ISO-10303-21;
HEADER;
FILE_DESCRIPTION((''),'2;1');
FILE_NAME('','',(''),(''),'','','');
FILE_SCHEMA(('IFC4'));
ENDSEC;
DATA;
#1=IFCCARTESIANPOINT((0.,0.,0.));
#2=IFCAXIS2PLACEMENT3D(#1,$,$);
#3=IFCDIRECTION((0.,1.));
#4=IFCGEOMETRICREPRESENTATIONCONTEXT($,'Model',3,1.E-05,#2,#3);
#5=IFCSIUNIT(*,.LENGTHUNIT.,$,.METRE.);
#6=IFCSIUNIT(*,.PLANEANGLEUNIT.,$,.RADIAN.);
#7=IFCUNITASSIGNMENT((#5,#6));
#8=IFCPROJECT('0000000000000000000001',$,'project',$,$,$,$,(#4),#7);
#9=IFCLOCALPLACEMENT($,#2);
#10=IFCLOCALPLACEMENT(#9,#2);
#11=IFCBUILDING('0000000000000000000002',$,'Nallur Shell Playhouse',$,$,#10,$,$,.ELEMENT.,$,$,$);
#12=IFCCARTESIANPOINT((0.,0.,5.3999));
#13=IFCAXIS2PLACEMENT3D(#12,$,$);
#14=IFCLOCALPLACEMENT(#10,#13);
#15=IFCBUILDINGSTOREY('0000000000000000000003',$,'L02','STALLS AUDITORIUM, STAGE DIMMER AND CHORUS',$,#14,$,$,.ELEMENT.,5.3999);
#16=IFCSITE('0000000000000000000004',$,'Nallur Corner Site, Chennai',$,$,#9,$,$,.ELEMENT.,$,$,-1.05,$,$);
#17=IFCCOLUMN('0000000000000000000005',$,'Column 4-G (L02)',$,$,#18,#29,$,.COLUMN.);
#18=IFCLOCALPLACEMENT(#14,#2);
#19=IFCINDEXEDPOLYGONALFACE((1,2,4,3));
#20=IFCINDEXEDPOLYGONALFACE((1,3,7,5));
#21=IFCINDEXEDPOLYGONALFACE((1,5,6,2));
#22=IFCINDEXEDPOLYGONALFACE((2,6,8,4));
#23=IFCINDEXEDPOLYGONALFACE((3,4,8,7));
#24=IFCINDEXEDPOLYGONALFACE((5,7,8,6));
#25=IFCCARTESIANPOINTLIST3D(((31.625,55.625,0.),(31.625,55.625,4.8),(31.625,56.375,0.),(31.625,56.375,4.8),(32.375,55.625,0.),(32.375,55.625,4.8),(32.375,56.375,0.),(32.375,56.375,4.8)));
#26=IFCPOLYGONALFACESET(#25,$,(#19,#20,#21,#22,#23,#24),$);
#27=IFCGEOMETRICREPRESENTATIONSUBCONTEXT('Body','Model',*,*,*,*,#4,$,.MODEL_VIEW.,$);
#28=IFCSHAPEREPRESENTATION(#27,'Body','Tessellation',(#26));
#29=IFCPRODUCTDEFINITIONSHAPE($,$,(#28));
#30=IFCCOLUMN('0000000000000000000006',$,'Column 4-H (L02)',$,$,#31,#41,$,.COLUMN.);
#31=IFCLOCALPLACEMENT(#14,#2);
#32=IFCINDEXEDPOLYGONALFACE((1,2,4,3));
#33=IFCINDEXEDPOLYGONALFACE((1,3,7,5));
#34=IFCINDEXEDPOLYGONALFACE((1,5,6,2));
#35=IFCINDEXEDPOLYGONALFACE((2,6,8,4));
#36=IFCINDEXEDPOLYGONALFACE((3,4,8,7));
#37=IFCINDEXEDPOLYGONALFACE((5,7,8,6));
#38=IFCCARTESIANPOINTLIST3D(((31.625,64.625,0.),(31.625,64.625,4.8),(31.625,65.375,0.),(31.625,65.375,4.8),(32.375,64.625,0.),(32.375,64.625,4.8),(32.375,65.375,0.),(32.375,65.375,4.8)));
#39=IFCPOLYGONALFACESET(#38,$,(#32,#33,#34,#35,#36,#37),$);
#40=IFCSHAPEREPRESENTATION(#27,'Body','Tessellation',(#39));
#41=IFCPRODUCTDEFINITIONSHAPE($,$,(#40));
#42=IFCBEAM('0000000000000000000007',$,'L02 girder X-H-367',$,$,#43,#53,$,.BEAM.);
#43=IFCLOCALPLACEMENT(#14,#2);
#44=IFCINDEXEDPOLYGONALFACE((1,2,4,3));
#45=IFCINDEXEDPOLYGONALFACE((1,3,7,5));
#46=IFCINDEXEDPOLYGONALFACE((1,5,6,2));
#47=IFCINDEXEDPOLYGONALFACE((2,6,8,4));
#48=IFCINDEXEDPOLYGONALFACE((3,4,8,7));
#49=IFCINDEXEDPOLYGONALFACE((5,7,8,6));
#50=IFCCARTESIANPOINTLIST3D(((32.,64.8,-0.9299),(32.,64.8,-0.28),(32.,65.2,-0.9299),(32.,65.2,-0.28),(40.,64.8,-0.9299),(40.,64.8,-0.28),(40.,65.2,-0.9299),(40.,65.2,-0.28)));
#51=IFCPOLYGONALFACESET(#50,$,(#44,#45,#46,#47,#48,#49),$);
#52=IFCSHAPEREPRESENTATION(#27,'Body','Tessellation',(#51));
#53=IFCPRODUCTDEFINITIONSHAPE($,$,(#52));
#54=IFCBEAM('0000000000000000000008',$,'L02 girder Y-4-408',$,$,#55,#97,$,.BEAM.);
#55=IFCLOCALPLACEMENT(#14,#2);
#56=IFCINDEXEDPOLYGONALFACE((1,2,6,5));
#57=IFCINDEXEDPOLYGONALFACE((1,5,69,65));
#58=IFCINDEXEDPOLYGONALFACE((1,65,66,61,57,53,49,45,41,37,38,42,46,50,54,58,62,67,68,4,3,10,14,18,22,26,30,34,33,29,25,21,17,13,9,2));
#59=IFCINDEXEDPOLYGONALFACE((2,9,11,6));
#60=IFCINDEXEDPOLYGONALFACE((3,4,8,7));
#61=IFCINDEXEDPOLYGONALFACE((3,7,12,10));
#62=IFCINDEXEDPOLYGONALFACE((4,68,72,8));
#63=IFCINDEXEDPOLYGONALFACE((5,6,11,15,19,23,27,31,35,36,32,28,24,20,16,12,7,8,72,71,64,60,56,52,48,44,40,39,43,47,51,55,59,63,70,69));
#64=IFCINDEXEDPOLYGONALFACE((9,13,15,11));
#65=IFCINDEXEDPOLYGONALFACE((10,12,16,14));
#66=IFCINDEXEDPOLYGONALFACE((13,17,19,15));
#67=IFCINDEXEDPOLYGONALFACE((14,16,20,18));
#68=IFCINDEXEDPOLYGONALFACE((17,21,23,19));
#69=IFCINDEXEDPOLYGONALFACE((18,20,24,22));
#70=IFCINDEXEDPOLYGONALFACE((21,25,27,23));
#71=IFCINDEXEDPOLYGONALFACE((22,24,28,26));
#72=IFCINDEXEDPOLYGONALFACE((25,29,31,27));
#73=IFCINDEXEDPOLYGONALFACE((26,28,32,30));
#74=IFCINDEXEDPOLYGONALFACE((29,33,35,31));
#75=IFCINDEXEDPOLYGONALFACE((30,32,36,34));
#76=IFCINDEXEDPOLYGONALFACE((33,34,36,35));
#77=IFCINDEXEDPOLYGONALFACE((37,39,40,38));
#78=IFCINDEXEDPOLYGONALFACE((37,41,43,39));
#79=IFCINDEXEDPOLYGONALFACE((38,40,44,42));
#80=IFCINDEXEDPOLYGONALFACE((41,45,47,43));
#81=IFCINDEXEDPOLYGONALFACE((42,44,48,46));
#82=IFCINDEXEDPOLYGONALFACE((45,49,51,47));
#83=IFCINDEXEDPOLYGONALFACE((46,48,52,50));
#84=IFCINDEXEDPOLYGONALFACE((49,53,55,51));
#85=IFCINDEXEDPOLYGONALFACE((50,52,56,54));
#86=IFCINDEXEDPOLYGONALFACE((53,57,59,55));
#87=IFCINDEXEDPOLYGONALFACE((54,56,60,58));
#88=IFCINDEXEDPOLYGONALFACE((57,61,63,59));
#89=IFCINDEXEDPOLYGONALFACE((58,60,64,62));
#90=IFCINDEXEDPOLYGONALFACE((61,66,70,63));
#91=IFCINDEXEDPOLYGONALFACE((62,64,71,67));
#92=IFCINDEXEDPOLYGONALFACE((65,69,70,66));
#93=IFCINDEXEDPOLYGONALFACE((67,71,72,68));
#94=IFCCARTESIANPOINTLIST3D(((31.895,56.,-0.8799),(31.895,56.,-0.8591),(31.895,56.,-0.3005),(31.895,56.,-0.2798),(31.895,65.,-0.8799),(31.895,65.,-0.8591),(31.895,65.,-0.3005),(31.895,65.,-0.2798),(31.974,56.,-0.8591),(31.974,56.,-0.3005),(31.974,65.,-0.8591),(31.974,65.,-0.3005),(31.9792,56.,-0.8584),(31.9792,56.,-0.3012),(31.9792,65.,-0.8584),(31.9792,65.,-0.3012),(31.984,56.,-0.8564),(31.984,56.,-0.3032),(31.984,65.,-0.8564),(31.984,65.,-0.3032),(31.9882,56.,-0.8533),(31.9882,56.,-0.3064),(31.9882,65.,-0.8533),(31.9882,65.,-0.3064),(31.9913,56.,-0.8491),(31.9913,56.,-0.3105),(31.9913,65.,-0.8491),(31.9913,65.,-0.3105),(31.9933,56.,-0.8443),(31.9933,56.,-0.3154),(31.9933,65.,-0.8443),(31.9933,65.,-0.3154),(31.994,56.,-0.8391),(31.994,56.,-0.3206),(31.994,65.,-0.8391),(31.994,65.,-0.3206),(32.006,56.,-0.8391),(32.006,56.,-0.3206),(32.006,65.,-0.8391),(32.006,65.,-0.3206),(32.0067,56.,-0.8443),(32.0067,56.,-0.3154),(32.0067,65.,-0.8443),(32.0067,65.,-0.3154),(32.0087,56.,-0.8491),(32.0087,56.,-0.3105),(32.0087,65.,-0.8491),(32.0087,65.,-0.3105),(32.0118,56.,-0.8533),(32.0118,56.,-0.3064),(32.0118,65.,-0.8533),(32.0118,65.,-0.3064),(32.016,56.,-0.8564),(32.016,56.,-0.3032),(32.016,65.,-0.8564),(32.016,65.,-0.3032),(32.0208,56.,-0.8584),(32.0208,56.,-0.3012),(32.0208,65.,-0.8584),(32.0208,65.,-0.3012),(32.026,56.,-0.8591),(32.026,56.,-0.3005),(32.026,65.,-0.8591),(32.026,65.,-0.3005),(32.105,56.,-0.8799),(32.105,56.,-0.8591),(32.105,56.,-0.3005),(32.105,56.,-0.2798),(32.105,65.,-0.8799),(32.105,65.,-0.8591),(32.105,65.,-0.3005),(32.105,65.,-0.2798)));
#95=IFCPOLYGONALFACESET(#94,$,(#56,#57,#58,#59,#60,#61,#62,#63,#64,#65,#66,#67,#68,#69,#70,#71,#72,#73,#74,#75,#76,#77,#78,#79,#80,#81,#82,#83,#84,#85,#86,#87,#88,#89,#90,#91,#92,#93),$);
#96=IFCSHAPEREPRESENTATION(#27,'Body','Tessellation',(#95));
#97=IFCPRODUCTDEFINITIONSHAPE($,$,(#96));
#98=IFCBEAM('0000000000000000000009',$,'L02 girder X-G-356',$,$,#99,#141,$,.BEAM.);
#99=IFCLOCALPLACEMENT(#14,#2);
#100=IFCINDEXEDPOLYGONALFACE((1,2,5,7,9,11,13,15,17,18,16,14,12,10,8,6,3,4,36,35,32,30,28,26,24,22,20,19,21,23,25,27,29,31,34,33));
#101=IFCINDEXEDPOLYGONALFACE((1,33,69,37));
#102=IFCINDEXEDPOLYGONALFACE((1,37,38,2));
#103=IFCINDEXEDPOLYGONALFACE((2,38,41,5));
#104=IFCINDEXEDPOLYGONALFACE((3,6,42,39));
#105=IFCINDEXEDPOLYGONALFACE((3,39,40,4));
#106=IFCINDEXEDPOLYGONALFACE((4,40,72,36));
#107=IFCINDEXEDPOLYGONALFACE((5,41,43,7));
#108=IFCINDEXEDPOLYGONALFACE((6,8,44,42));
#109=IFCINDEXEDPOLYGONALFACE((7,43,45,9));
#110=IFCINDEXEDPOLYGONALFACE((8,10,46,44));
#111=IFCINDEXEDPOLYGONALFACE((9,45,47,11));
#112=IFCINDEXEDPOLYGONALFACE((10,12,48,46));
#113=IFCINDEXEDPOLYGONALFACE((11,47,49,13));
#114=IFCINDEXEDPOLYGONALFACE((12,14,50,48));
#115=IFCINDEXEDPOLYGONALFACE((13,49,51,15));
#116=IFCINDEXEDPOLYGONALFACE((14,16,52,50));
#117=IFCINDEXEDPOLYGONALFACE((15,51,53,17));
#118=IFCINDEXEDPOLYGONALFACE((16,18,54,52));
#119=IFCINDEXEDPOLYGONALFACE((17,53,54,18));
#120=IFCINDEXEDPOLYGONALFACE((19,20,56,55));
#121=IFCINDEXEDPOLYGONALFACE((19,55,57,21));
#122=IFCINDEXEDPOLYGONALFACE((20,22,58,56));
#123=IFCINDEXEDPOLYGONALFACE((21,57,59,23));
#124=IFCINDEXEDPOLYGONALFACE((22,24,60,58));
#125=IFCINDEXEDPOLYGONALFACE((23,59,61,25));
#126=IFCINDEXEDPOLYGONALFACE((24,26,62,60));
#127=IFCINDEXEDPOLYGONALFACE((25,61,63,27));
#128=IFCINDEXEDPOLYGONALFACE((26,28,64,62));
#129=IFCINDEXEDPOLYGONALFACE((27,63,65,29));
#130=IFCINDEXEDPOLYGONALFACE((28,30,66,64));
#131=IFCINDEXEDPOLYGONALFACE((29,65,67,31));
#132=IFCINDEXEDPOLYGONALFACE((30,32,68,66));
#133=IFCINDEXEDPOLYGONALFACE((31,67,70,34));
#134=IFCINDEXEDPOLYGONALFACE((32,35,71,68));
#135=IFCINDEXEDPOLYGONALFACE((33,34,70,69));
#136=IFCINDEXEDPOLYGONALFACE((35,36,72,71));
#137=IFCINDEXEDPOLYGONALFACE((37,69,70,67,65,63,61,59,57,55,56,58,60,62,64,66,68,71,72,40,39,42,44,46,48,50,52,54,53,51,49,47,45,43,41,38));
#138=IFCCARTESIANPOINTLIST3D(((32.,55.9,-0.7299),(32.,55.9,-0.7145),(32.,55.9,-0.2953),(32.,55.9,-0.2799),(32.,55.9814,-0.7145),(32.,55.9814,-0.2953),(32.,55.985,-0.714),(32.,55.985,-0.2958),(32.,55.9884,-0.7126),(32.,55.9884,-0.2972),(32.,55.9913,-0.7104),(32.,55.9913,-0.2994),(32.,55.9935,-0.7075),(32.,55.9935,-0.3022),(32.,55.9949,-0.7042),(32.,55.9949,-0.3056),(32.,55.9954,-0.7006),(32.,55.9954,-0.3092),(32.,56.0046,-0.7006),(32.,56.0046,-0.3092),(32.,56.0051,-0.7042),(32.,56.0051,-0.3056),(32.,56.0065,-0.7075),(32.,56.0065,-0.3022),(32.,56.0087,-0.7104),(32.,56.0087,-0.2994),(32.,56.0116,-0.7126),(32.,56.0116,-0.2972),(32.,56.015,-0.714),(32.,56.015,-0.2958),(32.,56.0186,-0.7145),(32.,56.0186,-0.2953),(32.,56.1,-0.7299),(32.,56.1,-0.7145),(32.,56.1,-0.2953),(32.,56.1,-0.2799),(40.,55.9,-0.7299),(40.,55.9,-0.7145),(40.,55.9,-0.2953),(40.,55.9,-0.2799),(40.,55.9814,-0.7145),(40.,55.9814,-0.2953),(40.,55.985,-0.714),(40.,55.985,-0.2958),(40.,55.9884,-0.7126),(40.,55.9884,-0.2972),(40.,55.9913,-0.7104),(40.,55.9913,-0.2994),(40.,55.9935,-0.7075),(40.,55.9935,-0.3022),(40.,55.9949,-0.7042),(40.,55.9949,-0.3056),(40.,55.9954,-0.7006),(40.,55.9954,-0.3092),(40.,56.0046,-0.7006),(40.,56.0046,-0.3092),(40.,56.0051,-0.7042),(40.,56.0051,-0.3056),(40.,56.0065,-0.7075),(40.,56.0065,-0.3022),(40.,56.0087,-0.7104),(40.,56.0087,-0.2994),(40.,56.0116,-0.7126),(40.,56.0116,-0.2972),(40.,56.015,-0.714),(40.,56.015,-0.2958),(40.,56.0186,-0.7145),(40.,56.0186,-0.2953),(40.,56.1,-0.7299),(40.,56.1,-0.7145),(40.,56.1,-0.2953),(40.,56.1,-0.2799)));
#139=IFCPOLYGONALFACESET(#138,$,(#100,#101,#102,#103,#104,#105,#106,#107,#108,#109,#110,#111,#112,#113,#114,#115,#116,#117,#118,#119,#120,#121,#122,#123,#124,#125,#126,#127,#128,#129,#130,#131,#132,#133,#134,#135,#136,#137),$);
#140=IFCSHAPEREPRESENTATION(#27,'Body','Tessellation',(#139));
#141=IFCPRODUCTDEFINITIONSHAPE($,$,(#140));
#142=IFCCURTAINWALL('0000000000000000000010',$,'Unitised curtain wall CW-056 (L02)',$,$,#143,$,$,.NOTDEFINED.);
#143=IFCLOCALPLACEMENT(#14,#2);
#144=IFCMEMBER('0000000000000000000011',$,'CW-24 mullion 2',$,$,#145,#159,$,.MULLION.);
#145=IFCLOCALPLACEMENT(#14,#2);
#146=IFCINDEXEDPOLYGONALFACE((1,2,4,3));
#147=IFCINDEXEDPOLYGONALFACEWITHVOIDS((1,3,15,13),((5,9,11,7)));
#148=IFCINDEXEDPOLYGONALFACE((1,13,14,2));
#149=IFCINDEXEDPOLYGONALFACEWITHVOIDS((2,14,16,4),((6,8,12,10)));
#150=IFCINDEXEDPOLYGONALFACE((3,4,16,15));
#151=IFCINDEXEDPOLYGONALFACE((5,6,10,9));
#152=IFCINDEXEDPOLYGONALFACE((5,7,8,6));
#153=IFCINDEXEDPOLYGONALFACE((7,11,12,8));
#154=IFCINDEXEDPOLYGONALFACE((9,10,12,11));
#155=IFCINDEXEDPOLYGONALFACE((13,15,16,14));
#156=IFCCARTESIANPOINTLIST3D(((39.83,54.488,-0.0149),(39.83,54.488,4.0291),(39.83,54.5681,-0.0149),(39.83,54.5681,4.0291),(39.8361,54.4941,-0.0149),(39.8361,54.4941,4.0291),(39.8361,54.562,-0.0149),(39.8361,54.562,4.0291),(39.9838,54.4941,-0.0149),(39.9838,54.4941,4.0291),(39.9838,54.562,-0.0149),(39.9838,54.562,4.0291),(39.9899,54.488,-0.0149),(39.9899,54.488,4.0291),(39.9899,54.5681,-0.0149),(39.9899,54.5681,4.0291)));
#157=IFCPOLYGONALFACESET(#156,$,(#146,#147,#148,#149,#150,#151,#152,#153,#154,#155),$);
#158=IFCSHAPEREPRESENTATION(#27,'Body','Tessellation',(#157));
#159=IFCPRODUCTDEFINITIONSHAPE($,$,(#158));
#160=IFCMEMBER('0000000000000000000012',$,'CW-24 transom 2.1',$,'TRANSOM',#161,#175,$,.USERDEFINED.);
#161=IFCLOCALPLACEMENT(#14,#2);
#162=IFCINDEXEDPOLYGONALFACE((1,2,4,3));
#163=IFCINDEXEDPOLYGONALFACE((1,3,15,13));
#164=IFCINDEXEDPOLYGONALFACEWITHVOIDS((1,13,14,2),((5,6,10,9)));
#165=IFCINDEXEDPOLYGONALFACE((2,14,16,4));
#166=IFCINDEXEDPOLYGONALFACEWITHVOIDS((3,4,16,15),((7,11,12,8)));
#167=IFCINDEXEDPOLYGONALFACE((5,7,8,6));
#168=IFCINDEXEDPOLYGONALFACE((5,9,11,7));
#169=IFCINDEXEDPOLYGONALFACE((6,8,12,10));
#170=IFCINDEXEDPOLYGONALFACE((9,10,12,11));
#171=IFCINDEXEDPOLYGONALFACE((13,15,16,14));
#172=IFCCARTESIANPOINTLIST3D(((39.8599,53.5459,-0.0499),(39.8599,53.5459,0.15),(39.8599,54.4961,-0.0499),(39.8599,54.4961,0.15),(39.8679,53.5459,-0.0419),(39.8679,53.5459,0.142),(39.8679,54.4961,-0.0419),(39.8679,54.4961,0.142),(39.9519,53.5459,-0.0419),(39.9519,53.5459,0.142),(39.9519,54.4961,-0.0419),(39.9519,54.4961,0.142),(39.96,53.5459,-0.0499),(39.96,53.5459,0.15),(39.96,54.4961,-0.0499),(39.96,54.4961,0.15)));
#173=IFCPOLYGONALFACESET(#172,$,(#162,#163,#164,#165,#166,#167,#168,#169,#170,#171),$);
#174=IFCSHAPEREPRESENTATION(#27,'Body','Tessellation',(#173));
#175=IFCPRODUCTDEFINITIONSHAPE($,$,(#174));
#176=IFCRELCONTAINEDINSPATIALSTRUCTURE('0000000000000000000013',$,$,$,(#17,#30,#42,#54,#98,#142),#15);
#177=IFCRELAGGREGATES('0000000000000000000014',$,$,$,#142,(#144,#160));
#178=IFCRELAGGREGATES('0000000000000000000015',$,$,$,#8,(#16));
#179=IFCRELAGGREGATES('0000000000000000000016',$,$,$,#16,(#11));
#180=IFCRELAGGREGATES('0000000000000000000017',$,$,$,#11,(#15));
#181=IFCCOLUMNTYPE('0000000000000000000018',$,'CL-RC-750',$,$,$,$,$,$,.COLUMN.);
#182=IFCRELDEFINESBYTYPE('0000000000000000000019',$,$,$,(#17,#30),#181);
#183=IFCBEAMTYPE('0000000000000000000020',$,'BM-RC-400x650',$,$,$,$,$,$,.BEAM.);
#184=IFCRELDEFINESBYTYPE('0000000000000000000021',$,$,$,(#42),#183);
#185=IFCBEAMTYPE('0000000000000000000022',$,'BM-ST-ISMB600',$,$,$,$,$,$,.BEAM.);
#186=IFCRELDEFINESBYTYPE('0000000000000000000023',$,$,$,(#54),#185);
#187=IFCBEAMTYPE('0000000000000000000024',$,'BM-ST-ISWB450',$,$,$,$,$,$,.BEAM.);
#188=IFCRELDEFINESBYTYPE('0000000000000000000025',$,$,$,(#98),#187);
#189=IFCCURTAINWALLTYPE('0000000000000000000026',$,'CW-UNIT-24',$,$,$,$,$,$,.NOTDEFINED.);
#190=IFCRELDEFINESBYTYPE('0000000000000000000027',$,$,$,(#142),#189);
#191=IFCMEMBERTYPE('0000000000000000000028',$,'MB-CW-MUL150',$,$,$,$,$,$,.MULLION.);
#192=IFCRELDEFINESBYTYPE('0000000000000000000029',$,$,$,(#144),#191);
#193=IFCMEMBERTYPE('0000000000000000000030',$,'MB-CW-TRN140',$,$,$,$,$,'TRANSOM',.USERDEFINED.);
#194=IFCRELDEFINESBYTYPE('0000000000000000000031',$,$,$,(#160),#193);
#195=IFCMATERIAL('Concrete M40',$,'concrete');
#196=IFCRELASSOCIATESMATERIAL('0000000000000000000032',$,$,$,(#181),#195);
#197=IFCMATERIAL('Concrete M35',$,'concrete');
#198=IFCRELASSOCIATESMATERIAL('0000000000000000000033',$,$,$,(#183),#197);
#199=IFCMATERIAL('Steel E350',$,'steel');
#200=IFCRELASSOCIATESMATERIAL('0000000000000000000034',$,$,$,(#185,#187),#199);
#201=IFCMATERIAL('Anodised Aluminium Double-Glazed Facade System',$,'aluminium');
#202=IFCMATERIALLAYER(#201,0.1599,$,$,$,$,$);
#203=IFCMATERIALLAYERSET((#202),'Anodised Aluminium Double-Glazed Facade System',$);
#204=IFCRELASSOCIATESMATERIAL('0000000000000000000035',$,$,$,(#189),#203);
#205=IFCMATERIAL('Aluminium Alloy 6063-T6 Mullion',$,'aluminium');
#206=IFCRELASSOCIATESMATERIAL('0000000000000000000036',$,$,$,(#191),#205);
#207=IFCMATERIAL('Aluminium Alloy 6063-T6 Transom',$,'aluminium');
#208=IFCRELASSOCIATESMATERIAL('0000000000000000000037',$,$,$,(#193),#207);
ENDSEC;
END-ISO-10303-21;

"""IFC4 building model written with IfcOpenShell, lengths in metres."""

from ifc_helpers import new_model, si_unit, direction, frame, origin, origin_2d, place, context, subcontext, project, spatial, rectangle, hollow_rectangle, i_section, extrude, material, layer, layer_set, material_profile, profile_set, type_object, element, aggregate, save


model = new_model("IFC4")

# Units and contexts
model_context = context("Model", 3, precision=1e-05, world=origin(), true_north=direction((0.0, 1.0)))
body_context = subcontext(model_context, "Body", "Model", "MODEL_VIEW")
ifc_project = project(units=[si_unit("LENGTHUNIT", "METRE"), si_unit("PLANEANGLEUNIT", "RADIAN")], contexts=[model_context])

# Site, building, storey
site_placement = place(None, origin())
site = spatial("IfcSite", under=ifc_project, at=site_placement, Name="Nallur Corner Site, Chennai", CompositionType="ELEMENT", RefElevation=-1.05)
building_placement = place(site_placement, origin())
building = spatial("IfcBuilding", under=site, at=building_placement, Name="Nallur Shell Playhouse", CompositionType="ELEMENT")
storey_placement = place(building_placement, frame((0.0, 0.0, 5.3999)))
storey = spatial("IfcBuildingStorey", under=building, at=storey_placement, Name="L02", Description="STALLS AUDITORIUM, STAGE DIMMER AND CHORUS", CompositionType="ELEMENT", Elevation=5.3999)

# Columns
ifc_material_1 = material(Name="Concrete M40", Category="concrete")
ifc_material_profile_1 = material_profile(ifc_material_1, rectangle(XDim=0.75, YDim=0.75, at=origin_2d()), Name="RC 750x750")
ifc_profile_set_1 = profile_set([ifc_material_profile_1], Name="Concrete M40")
column_type = type_object("IfcColumnType", Name="CL-RC-750", PredefinedType="COLUMN", material=ifc_profile_set_1)
for number, where, z_axis, x_axis, name in (
    (1, (32.0, 56.0, 0.0), (0.0, 0.0, 1.0), (1.0, 0.0, 0.0), "Column 4-G (L02)"),
    (2, (32.0, 65.0, 0.0), (0.0, 0.0, 1.0), (1.0, 0.0, 0.0), "Column 4-H (L02)"),
):
    element("IfcColumn", number, at=place(storey_placement, frame(where, z_axis=z_axis, x_axis=x_axis)), inside=storey, type_object=column_type, Name=name, PredefinedType="COLUMN", context=body_context, shape_type="SweptSolid", body=[
        extrude(rectangle(XDim=0.75, YDim=0.75, at=origin_2d()), origin(), (0.0, 0.0, 1.0), 4.8),
    ])

# Beams
ifc_material_2 = material(Name="Concrete M35", Category="concrete")
ifc_material_profile_2 = material_profile(ifc_material_2, rectangle(XDim=0.3999, YDim=0.6499, at=origin_2d()), Name="RC 400x650")
ifc_profile_set_2 = profile_set([ifc_material_profile_2], Name="Concrete M35")
beam_type_1 = type_object("IfcBeamType", Name="BM-RC-400x650", PredefinedType="BEAM", material=ifc_profile_set_2)
beam_1_placement = place(storey_placement, frame((32.0, 65.0, -0.605), z_axis=(1.0, 0.0, 0.0), x_axis=(0.0, 1.0, 0.0)))
element("IfcBeam", 3, at=beam_1_placement, inside=storey, type_object=beam_type_1, Name="L02 girder X-H-367", PredefinedType="BEAM", context=body_context, shape_type="SweptSolid", body=[
    extrude(rectangle(XDim=0.3999, YDim=0.6499, at=origin_2d()), origin(), (0.0, 0.0, 1.0), 8.0),
])
ifc_material_3 = material(Name="Steel E350", Category="steel")
ifc_material_profile_3 = material_profile(ifc_material_3, i_section(OverallWidth=0.21, OverallDepth=0.6001, WebThickness=0.012, FlangeThickness=0.0208, FilletRadius=0.02, at=origin_2d()), Name="ISMB 600")
ifc_profile_set_3 = profile_set([ifc_material_profile_3], Name="Steel E350")
beam_type_2 = type_object("IfcBeamType", Name="BM-ST-ISMB600", PredefinedType="BEAM", material=ifc_profile_set_3)
beam_2_placement = place(storey_placement, frame((32.0, 56.0, -0.5798), z_axis=(0.0, 1.0, 0.0), x_axis=(-1.0, 0.0, 0.0)))
element("IfcBeam", 4, at=beam_2_placement, inside=storey, type_object=beam_type_2, Name="L02 girder Y-4-408", PredefinedType="BEAM", context=body_context, shape_type="SweptSolid", body=[
    extrude(i_section(OverallWidth=0.21, OverallDepth=0.6001, WebThickness=0.012, FlangeThickness=0.0208, FilletRadius=0.02, at=origin_2d()), origin(), (0.0, 0.0, 1.0), 9.0),
])
ifc_material_profile_4 = material_profile(ifc_material_3, i_section(OverallWidth=0.2, OverallDepth=0.45, WebThickness=0.0093, FlangeThickness=0.0154, FilletRadius=0.0139, at=origin_2d()), Name="ISWB 450")
ifc_profile_set_4 = profile_set([ifc_material_profile_4], Name="Steel E350")
beam_type_3 = type_object("IfcBeamType", Name="BM-ST-ISWB450", PredefinedType="BEAM", material=ifc_profile_set_4)
beam_3_placement = place(storey_placement, frame((32.0, 56.0, -0.5049), z_axis=(1.0, 0.0, 0.0), x_axis=(0.0, 1.0, 0.0)))
element("IfcBeam", 5, at=beam_3_placement, inside=storey, type_object=beam_type_3, Name="L02 girder X-G-356", PredefinedType="BEAM", context=body_context, shape_type="SweptSolid", body=[
    extrude(i_section(OverallWidth=0.2, OverallDepth=0.45, WebThickness=0.0093, FlangeThickness=0.0154, FilletRadius=0.0139, at=origin_2d()), origin(), (0.0, 0.0, 1.0), 8.0),
])

# Curtain wall, members
ifc_material_4 = material(Name="Anodised Aluminium Double-Glazed Facade System", Category="aluminium")
ifc_layer_1 = layer(ifc_material_4, 0.1599)
ifc_layer_set_1 = layer_set([ifc_layer_1], Name="Anodised Aluminium Double-Glazed Facade System")
curtain_wall_type = type_object("IfcCurtainWallType", Name="CW-UNIT-24", PredefinedType="NOTDEFINED", material=ifc_layer_set_1)
curtain_wall_placement = place(storey_placement, origin())
curtain_wall = element("IfcCurtainWall", 6, at=curtain_wall_placement, inside=storey, type_object=curtain_wall_type, Name="Unitised curtain wall CW-056 (L02)", PredefinedType="NOTDEFINED")
ifc_material_5 = material(Name="Aluminium Alloy 6063-T6 Mullion", Category="aluminium")
ifc_material_profile_5 = material_profile(ifc_material_5, hollow_rectangle(XDim=0.0801, YDim=0.1599, WallThickness=0.0061, at=origin_2d()), Name="RHS 160x80x6")
ifc_profile_set_5 = profile_set([ifc_material_profile_5], Name="Aluminium Alloy 6063-T6 Mullion")
member_type_1 = type_object("IfcMemberType", Name="MB-CW-MUL150", PredefinedType="MULLION", material=ifc_profile_set_5)
member_1_placement = place(storey_placement, frame((39.9099, 54.5281, -0.0149), z_axis=(0.0, 0.0, 1.0), x_axis=(0.0, -1.0, 0.0)))
member_1 = element("IfcMember", 7, at=member_1_placement, type_object=member_type_1, Name="CW-24 mullion 2", PredefinedType="MULLION", context=body_context, shape_type="SweptSolid", body=[
    extrude(hollow_rectangle(XDim=0.0801, YDim=0.1599, WallThickness=0.0061, at=origin_2d()), origin(), (0.0, 0.0, 1.0), 4.0439),
])
ifc_material_6 = material(Name="Aluminium Alloy 6063-T6 Transom", Category="aluminium")
ifc_material_profile_6 = material_profile(ifc_material_6, hollow_rectangle(XDim=0.1001, YDim=0.2, WallThickness=0.0081, at=origin_2d()), Name="RHS 200x100x8")
ifc_profile_set_6 = profile_set([ifc_material_profile_6], Name="Aluminium Alloy 6063-T6 Transom")
member_type_2 = type_object("IfcMemberType", Name="MB-CW-TRN140", ElementType="TRANSOM", PredefinedType="USERDEFINED", material=ifc_profile_set_6)
member_2_placement = place(storey_placement, frame((39.9099, 54.4961, 0.05), z_axis=(0.0, -1.0, 0.0), x_axis=(1.0, 0.0, 0.0)))
member_2 = element("IfcMember", 8, at=member_2_placement, type_object=member_type_2, Name="CW-24 transom 2.1", ObjectType="TRANSOM", PredefinedType="USERDEFINED", context=body_context, shape_type="SweptSolid", body=[
    extrude(hollow_rectangle(XDim=0.1001, YDim=0.2, WallThickness=0.0081, at=origin_2d()), origin(), (0.0, 0.0, 1.0), 0.9502),
])
aggregate(curtain_wall, [member_1, member_2])

save(model, "model.ifc")
